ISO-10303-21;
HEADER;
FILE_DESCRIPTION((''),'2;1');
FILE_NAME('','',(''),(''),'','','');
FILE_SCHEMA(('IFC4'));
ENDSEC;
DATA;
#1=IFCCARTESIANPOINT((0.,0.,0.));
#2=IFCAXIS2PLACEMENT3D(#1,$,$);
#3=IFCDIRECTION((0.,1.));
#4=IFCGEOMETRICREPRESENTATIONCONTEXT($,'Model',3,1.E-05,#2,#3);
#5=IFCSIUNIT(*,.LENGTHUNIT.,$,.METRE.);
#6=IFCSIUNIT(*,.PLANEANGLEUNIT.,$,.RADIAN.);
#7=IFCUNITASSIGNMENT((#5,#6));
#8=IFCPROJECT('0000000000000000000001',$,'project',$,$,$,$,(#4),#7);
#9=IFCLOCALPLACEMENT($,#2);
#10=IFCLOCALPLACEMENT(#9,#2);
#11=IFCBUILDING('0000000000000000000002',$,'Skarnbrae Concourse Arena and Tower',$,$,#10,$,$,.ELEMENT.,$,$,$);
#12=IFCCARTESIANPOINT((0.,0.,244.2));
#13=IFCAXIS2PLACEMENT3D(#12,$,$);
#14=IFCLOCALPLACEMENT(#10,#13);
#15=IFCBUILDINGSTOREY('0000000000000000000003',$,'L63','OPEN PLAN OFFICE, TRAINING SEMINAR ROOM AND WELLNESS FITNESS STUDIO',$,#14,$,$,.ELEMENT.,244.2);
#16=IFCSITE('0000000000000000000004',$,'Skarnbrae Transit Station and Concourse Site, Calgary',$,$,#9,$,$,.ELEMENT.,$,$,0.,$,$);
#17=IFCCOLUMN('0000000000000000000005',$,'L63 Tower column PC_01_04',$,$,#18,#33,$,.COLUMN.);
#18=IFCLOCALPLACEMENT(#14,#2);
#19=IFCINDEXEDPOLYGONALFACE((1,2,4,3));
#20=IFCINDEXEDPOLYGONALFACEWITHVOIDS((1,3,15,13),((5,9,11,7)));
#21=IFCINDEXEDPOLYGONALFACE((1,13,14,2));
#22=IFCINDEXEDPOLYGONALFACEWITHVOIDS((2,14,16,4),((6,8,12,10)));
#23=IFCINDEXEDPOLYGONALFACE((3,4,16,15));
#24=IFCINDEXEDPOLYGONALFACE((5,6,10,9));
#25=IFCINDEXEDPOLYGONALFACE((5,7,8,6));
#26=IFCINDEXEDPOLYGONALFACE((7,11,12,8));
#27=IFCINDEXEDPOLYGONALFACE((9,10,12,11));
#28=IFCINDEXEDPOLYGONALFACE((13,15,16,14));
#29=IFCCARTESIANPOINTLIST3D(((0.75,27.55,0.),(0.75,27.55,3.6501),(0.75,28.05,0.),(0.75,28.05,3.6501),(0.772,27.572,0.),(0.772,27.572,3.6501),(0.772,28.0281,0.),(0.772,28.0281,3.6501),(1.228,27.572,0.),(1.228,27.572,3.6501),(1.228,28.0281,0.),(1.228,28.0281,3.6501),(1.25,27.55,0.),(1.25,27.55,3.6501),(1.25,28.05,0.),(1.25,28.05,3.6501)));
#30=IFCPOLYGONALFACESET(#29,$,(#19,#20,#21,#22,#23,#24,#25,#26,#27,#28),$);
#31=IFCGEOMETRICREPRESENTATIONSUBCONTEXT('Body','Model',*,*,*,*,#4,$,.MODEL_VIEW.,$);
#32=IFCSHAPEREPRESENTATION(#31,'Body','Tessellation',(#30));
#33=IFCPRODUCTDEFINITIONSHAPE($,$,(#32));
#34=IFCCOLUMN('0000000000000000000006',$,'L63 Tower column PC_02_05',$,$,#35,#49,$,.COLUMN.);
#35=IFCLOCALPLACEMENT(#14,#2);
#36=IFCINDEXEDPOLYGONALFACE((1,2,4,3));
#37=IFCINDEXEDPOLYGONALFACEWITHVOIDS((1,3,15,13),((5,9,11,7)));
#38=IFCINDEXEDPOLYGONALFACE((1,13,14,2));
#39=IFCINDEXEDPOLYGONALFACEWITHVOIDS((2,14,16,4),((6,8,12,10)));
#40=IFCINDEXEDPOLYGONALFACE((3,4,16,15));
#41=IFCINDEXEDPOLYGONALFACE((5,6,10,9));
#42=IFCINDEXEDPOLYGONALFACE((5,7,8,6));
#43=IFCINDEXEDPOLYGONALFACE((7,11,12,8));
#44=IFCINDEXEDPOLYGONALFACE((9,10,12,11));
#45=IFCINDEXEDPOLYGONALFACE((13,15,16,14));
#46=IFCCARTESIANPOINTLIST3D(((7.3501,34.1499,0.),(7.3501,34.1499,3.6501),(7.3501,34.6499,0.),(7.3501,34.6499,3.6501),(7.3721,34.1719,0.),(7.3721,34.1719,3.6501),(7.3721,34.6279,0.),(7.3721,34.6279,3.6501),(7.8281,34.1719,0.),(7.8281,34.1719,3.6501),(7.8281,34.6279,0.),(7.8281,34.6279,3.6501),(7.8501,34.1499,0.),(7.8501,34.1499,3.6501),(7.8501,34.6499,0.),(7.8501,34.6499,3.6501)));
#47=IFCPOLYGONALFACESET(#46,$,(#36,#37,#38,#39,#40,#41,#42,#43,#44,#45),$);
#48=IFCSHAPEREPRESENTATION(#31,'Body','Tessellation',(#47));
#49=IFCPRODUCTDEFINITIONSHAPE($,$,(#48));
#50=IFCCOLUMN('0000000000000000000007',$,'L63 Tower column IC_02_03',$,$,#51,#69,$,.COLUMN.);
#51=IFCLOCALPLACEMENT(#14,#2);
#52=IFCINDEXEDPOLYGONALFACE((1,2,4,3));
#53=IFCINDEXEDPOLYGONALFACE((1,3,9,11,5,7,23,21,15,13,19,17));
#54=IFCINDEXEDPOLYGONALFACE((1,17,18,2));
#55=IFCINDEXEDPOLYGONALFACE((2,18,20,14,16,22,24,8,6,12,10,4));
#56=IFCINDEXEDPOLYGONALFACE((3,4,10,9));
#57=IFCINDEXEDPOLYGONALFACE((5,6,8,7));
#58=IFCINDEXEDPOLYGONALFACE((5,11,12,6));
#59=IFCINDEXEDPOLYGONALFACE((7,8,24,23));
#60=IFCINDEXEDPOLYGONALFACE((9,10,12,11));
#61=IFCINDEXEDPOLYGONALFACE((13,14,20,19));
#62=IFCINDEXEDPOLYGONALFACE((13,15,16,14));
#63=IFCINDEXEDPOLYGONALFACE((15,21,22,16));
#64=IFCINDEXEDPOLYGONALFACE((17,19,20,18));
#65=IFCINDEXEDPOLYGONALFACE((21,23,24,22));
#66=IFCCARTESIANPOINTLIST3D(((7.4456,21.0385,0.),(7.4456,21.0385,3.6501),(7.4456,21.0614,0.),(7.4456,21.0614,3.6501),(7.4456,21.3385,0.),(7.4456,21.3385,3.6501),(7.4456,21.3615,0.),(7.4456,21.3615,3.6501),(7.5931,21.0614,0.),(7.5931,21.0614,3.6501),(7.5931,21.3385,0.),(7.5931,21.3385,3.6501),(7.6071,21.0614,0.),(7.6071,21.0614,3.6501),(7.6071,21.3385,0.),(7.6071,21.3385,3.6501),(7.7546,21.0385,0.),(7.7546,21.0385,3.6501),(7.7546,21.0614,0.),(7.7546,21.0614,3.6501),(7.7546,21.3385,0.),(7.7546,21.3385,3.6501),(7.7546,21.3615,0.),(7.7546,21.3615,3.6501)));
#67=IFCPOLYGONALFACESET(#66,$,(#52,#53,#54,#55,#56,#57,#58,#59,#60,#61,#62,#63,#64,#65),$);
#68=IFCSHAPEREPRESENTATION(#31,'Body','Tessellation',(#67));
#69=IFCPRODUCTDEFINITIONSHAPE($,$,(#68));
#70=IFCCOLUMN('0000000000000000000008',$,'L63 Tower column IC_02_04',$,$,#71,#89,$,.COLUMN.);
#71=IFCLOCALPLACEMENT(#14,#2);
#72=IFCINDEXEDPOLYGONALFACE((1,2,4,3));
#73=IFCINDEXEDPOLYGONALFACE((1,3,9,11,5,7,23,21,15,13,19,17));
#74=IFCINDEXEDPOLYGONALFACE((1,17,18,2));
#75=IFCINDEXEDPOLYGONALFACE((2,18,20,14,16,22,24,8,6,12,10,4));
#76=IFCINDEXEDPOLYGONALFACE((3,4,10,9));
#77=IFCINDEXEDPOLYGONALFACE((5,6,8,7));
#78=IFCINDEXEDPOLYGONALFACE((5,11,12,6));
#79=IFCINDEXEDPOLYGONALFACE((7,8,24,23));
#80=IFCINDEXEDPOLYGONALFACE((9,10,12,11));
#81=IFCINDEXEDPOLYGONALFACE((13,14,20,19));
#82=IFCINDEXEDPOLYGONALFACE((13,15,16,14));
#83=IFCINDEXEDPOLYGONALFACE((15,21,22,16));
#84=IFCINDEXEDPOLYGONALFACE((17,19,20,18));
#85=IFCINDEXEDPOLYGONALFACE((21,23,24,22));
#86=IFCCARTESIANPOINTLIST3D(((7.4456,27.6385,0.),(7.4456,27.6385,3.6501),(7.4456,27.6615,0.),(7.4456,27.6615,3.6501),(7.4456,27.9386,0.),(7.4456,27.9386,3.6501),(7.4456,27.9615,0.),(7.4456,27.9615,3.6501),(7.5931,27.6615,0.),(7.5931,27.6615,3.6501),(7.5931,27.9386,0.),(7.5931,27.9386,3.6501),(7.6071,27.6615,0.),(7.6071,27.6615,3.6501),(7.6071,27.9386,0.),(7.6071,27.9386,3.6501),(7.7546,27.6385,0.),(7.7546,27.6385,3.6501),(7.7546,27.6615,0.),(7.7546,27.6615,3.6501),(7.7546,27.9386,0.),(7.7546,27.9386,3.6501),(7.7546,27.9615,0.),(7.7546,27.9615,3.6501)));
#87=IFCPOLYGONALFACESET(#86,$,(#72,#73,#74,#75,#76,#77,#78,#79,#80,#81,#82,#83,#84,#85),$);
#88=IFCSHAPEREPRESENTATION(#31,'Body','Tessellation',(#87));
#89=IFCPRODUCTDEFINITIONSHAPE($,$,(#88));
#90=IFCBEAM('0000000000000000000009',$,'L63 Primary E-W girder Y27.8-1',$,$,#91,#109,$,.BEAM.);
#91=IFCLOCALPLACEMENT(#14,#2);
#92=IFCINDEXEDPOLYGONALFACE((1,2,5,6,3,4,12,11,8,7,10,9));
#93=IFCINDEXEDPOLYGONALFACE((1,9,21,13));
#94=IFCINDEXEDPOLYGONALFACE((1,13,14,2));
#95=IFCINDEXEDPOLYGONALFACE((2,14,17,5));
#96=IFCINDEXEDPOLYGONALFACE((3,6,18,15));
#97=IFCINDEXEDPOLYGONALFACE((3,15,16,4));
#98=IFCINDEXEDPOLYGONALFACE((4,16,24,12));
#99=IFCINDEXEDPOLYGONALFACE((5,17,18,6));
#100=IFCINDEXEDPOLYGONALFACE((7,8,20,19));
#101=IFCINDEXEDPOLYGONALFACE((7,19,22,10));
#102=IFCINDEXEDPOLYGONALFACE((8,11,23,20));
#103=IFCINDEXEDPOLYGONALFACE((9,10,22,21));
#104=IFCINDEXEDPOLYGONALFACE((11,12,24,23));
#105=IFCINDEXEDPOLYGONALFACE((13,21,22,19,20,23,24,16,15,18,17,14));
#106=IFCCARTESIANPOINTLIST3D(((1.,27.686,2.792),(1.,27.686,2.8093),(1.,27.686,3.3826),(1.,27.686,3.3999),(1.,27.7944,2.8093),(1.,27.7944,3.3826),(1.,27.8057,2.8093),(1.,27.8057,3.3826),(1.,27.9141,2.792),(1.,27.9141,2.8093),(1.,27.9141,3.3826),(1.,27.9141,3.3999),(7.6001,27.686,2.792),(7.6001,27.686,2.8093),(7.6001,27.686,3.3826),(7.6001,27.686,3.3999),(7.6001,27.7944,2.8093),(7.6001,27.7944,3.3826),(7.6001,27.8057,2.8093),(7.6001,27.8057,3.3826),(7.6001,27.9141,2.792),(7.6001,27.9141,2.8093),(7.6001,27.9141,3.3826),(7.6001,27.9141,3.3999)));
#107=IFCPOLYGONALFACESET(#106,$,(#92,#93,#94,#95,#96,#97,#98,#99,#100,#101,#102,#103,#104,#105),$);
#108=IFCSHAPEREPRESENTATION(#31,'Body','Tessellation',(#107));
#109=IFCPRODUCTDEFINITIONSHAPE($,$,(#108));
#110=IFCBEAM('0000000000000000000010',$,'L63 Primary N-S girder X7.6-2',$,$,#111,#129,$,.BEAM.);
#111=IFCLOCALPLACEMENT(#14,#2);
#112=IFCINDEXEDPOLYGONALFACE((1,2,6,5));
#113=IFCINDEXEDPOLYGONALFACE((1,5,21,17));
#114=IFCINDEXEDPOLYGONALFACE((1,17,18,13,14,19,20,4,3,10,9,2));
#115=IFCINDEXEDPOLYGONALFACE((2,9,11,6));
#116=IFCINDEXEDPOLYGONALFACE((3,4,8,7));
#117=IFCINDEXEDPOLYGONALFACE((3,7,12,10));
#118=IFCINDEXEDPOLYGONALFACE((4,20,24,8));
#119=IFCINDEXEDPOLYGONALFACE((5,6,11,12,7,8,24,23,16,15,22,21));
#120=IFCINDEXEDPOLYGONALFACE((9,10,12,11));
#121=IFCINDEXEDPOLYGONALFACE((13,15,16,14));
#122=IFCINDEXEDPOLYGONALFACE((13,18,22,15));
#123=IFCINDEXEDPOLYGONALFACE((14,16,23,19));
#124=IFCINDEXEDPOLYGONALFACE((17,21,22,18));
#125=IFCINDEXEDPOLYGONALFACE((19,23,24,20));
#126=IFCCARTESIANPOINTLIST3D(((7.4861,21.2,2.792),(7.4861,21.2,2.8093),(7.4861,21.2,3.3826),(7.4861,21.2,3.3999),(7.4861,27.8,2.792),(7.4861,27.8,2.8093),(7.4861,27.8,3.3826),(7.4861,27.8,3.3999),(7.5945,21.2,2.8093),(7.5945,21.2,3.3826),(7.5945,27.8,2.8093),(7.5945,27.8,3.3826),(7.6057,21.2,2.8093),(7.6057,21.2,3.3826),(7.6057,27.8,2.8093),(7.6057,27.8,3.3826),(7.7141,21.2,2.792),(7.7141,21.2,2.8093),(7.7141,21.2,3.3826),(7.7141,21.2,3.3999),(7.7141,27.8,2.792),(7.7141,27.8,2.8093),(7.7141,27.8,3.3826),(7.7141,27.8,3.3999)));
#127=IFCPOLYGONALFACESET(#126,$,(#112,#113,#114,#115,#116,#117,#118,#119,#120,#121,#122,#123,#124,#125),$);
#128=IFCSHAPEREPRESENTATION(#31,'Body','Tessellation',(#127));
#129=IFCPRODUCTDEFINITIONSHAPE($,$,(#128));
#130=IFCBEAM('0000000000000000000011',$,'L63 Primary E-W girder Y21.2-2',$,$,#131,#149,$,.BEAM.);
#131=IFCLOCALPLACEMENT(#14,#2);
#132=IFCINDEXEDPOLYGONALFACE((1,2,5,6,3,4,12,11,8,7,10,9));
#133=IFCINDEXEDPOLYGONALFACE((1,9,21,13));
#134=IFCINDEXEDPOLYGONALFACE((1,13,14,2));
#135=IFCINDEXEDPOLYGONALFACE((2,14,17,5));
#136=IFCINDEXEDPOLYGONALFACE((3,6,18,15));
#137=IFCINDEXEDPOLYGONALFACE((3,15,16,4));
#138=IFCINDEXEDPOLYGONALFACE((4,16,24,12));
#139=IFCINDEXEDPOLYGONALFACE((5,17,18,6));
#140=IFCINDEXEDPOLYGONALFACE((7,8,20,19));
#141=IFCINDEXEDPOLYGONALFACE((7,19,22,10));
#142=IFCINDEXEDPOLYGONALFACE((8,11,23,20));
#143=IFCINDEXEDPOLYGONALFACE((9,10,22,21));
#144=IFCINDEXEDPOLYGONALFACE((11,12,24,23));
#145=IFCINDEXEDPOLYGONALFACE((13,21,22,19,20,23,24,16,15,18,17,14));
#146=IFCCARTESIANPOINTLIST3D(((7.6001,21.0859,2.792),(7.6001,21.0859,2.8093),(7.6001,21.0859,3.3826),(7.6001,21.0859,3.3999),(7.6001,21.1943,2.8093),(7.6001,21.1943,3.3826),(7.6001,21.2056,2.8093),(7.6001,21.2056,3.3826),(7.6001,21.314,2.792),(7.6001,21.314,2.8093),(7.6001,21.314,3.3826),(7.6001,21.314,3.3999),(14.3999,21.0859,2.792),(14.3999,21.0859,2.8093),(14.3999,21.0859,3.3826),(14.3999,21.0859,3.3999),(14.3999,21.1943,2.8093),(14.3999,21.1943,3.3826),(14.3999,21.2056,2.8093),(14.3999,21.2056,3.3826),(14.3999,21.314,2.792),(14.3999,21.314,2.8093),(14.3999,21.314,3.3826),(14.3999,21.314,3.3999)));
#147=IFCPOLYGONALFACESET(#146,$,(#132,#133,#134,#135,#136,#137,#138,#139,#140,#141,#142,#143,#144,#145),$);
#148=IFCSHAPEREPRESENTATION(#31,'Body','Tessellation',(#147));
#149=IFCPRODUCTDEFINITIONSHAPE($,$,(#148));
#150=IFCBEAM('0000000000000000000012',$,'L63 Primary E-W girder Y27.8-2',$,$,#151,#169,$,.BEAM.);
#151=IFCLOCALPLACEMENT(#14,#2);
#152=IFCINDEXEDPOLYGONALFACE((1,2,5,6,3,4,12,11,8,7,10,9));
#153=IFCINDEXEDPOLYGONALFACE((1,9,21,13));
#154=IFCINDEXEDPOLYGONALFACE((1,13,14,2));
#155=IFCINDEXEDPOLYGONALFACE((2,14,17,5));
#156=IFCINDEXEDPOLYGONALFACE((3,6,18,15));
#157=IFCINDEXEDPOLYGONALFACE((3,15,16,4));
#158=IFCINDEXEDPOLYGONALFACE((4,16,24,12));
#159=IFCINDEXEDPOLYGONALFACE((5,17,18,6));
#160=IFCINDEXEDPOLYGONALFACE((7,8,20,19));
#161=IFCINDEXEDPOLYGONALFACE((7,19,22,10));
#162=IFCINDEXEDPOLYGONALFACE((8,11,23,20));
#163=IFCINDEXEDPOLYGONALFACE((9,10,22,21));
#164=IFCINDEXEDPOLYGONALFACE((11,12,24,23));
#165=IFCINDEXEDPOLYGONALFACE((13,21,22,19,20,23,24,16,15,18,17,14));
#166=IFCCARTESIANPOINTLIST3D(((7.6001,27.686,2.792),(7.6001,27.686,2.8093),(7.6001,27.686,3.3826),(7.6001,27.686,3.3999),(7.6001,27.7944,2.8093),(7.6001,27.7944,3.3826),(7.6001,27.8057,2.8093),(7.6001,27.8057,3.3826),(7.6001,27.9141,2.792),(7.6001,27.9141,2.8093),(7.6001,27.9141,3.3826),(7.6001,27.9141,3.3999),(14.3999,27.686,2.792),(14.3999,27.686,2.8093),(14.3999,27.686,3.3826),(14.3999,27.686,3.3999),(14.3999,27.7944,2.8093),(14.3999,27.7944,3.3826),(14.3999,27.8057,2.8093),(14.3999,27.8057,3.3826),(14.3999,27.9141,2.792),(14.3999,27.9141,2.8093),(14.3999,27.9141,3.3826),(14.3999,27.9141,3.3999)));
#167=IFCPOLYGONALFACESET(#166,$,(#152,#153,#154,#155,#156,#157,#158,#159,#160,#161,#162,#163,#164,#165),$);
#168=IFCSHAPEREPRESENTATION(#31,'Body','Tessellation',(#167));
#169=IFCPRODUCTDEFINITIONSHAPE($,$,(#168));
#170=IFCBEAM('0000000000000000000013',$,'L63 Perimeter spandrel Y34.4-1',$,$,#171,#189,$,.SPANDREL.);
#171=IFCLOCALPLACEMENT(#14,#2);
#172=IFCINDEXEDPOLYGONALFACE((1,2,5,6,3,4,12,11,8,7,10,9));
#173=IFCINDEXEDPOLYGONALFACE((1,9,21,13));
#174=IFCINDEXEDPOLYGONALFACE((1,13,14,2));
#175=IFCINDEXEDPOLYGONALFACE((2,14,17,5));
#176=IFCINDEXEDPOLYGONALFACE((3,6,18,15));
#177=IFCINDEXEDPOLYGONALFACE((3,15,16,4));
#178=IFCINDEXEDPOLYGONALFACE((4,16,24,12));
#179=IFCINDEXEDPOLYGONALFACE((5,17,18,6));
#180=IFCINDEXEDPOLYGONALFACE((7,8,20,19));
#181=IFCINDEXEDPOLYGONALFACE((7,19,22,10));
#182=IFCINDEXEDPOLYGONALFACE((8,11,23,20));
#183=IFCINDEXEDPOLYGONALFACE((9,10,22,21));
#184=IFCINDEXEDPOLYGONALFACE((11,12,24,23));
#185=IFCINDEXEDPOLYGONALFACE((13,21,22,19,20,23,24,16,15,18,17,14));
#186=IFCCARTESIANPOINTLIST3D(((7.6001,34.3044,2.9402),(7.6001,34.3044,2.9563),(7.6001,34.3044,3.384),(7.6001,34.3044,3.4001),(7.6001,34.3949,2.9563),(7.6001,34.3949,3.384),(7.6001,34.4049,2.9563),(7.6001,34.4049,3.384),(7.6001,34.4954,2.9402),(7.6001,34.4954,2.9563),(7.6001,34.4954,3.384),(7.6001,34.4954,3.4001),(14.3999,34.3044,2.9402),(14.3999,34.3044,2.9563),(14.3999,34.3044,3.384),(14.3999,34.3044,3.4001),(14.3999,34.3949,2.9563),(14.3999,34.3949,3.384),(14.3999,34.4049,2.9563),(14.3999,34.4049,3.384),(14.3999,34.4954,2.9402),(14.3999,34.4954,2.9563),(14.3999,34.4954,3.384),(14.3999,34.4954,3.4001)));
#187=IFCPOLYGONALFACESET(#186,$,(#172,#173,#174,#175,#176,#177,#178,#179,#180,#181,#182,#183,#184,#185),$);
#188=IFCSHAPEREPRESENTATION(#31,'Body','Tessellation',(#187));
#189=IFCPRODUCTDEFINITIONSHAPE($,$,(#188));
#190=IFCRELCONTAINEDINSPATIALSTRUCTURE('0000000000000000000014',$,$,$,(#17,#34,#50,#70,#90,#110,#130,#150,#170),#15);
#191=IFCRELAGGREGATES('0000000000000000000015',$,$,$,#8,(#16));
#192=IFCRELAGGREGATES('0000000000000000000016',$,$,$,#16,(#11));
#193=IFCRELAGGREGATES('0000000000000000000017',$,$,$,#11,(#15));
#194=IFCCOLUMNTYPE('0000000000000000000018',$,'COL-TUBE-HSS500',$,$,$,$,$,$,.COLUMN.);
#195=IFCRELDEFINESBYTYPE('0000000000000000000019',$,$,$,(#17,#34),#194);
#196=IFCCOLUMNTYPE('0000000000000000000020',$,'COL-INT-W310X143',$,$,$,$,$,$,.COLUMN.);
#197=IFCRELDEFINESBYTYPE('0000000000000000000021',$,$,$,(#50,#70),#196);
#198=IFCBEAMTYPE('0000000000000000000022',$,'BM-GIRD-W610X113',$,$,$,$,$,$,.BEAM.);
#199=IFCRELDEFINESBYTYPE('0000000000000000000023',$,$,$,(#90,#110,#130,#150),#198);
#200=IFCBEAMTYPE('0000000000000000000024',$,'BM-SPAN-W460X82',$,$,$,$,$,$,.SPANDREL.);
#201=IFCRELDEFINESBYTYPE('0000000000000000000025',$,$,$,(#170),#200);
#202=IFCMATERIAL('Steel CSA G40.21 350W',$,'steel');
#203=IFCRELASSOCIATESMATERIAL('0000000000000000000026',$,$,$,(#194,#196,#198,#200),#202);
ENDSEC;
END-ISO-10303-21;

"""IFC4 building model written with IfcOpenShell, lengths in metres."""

from ifc_helpers import new_model, si_unit, direction, frame, origin, origin_2d, place, context, subcontext, project, spatial, hollow_rectangle, i_section, extrude, source, transform, mapped, material, material_profile, profile_set, type_object, element, save


model = new_model("IFC4")

# Units and contexts
model_context = context("Model", 3, precision=1e-05, world=origin(), true_north=direction((0.0, 1.0)))
body_context = subcontext(model_context, "Body", "Model", "MODEL_VIEW")
ifc_project = project(units=[si_unit("LENGTHUNIT", "METRE"), si_unit("PLANEANGLEUNIT", "RADIAN")], contexts=[model_context])

# Site, building, storey
site_placement = place(None, origin())
site = spatial("IfcSite", under=ifc_project, at=site_placement, Name="Skarnbrae Transit Station and Concourse Site, Calgary", CompositionType="ELEMENT", RefElevation=0.0)
building_placement = place(site_placement, origin())
building = spatial("IfcBuilding", under=site, at=building_placement, Name="Skarnbrae Concourse Arena and Tower", CompositionType="ELEMENT")
storey_placement = place(building_placement, frame((0.0, 0.0, 244.2)))
storey = spatial("IfcBuildingStorey", under=building, at=storey_placement, Name="L63", Description="OPEN PLAN OFFICE, TRAINING SEMINAR ROOM AND WELLNESS FITNESS STUDIO", CompositionType="ELEMENT", Elevation=244.2)

# Columns
ifc_material_1 = material(Name="Steel CSA G40.21 350W", Category="steel")
ifc_material_profile_1 = material_profile(ifc_material_1, hollow_rectangle(XDim=0.5, YDim=0.5, WallThickness=0.022, at=origin_2d()), Name="HSS500X500X22.0")
ifc_profile_set_1 = profile_set([ifc_material_profile_1], Name="Steel CSA G40.21 350W")
column_type_1 = type_object("IfcColumnType", Name="COL-TUBE-HSS500", PredefinedType="COLUMN", material=ifc_profile_set_1)
shared_shape_1 = source(origin(), body_context, "Body", "SweptSolid", [
    extrude(hollow_rectangle(XDim=0.5, YDim=0.5, WallThickness=0.022, at=origin_2d()), origin(), (0.0, 0.0, 1.0), 3.6501),
])
for number, where, z_axis, x_axis, name in (
    (1, (1.0, 27.8, 0.0), (0.0, 0.0, 1.0), (1.0, 0.0, 0.0), "L63 Tower column PC_01_04"),
    (2, (7.6001, 34.3999, 0.0), (0.0, 0.0, 1.0), (1.0, 0.0, 0.0), "L63 Tower column PC_02_05"),
):
    element("IfcColumn", number, at=place(storey_placement, frame(where, z_axis=z_axis, x_axis=x_axis)), inside=storey, type_object=column_type_1, Name=name, PredefinedType="COLUMN", context=body_context, shape_type="MappedRepresentation", body=[
        mapped(shared_shape_1, transform((0.0, 0.0, 0.0))),
    ])
ifc_material_profile_2 = material_profile(ifc_material_1, i_section(OverallWidth=0.3091, OverallDepth=0.323, WebThickness=0.0139, FlangeThickness=0.0229, at=origin_2d()), Name="W310X143")
ifc_profile_set_2 = profile_set([ifc_material_profile_2], Name="Steel CSA G40.21 350W")
column_type_2 = type_object("IfcColumnType", Name="COL-INT-W310X143", PredefinedType="COLUMN", material=ifc_profile_set_2)
shared_shape_2 = source(origin(), body_context, "Body", "SweptSolid", [
    extrude(i_section(OverallWidth=0.3091, OverallDepth=0.323, WebThickness=0.0139, FlangeThickness=0.0229, at=origin_2d()), origin(), (0.0, 0.0, 1.0), 3.6501),
])
for number, where, z_axis, x_axis, name in (
    (3, (7.6001, 21.2, 0.0), (0.0, 0.0, 1.0), (1.0, 0.0, 0.0), "L63 Tower column IC_02_03"),
    (4, (7.6001, 27.8, 0.0), (0.0, 0.0, 1.0), (1.0, 0.0, 0.0), "L63 Tower column IC_02_04"),
):
    element("IfcColumn", number, at=place(storey_placement, frame(where, z_axis=z_axis, x_axis=x_axis)), inside=storey, type_object=column_type_2, Name=name, PredefinedType="COLUMN", context=body_context, shape_type="MappedRepresentation", body=[
        mapped(shared_shape_2, transform((0.0, 0.0, 0.0))),
    ])

# Beams
ifc_material_profile_3 = material_profile(ifc_material_1, i_section(OverallWidth=0.228, OverallDepth=0.6079, WebThickness=0.0112, FlangeThickness=0.0173, at=origin_2d()), Name="W610X113")
ifc_profile_set_3 = profile_set([ifc_material_profile_3], Name="Steel CSA G40.21 350W")
beam_type_1 = type_object("IfcBeamType", Name="BM-GIRD-W610X113", PredefinedType="BEAM", material=ifc_profile_set_3)
shared_shape_3 = source(origin(), body_context, "Body", "SweptSolid", [
    extrude(i_section(OverallWidth=0.228, OverallDepth=0.6079, WebThickness=0.0112, FlangeThickness=0.0173, at=origin_2d()), origin(), (0.0, 0.0, 1.0), 6.6001),
])
for number, where, z_axis, x_axis, name in (
    (5, (1.0, 27.8, 3.0959), (1.0, 0.0, 0.0), (0.0, 1.0, 0.0), "L63 Primary E-W girder Y27.8-1"),
    (6, (7.6001, 21.2, 3.0959), (0.0, 1.0, 0.0), (-1.0, 0.0, 0.0), "L63 Primary N-S girder X7.6-2"),
):
    element("IfcBeam", number, at=place(storey_placement, frame(where, z_axis=z_axis, x_axis=x_axis)), inside=storey, type_object=beam_type_1, Name=name, PredefinedType="BEAM", context=body_context, shape_type="MappedRepresentation", body=[
        mapped(shared_shape_3, transform((0.0, 0.0, 0.0))),
    ])
shared_shape_4 = source(origin(), body_context, "Body", "SweptSolid", [
    extrude(i_section(OverallWidth=0.228, OverallDepth=0.6079, WebThickness=0.0112, FlangeThickness=0.0173, at=origin_2d()), origin(), (0.0, 0.0, 1.0), 6.7998),
])
for number, where, z_axis, x_axis, name in (
    (7, (7.6001, 21.2, 3.0959), (1.0, 0.0, 0.0), (0.0, 1.0, 0.0), "L63 Primary E-W girder Y21.2-2"),
    (8, (7.6001, 27.8, 3.0959), (1.0, 0.0, 0.0), (0.0, 1.0, 0.0), "L63 Primary E-W girder Y27.8-2"),
):
    element("IfcBeam", number, at=place(storey_placement, frame(where, z_axis=z_axis, x_axis=x_axis)), inside=storey, type_object=beam_type_1, Name=name, PredefinedType="BEAM", context=body_context, shape_type="MappedRepresentation", body=[
        mapped(shared_shape_4, transform((0.0, 0.0, 0.0))),
    ])
ifc_material_profile_4 = material_profile(ifc_material_1, i_section(OverallWidth=0.1909, OverallDepth=0.46, WebThickness=0.01, FlangeThickness=0.0161, at=origin_2d()), Name="W460X82")
ifc_profile_set_4 = profile_set([ifc_material_profile_4], Name="Steel CSA G40.21 350W")
beam_type_2 = type_object("IfcBeamType", Name="BM-SPAN-W460X82", PredefinedType="SPANDREL", material=ifc_profile_set_4)
shared_shape_5 = source(origin(), body_context, "Body", "SweptSolid", [
    extrude(i_section(OverallWidth=0.1909, OverallDepth=0.46, WebThickness=0.01, FlangeThickness=0.0161, at=origin_2d()), origin(), (0.0, 0.0, 1.0), 6.7998),
])
beam_1_placement = place(storey_placement, frame((7.6001, 34.3999, 3.1702), z_axis=(1.0, 0.0, 0.0), x_axis=(0.0, 1.0, 0.0)))
element("IfcBeam", 9, at=beam_1_placement, inside=storey, type_object=beam_type_2, Name="L63 Perimeter spandrel Y34.4-1", PredefinedType="SPANDREL", context=body_context, shape_type="MappedRepresentation", body=[
    mapped(shared_shape_5, transform((0.0, 0.0, 0.0))),
])

save(model, "model.ifc")
